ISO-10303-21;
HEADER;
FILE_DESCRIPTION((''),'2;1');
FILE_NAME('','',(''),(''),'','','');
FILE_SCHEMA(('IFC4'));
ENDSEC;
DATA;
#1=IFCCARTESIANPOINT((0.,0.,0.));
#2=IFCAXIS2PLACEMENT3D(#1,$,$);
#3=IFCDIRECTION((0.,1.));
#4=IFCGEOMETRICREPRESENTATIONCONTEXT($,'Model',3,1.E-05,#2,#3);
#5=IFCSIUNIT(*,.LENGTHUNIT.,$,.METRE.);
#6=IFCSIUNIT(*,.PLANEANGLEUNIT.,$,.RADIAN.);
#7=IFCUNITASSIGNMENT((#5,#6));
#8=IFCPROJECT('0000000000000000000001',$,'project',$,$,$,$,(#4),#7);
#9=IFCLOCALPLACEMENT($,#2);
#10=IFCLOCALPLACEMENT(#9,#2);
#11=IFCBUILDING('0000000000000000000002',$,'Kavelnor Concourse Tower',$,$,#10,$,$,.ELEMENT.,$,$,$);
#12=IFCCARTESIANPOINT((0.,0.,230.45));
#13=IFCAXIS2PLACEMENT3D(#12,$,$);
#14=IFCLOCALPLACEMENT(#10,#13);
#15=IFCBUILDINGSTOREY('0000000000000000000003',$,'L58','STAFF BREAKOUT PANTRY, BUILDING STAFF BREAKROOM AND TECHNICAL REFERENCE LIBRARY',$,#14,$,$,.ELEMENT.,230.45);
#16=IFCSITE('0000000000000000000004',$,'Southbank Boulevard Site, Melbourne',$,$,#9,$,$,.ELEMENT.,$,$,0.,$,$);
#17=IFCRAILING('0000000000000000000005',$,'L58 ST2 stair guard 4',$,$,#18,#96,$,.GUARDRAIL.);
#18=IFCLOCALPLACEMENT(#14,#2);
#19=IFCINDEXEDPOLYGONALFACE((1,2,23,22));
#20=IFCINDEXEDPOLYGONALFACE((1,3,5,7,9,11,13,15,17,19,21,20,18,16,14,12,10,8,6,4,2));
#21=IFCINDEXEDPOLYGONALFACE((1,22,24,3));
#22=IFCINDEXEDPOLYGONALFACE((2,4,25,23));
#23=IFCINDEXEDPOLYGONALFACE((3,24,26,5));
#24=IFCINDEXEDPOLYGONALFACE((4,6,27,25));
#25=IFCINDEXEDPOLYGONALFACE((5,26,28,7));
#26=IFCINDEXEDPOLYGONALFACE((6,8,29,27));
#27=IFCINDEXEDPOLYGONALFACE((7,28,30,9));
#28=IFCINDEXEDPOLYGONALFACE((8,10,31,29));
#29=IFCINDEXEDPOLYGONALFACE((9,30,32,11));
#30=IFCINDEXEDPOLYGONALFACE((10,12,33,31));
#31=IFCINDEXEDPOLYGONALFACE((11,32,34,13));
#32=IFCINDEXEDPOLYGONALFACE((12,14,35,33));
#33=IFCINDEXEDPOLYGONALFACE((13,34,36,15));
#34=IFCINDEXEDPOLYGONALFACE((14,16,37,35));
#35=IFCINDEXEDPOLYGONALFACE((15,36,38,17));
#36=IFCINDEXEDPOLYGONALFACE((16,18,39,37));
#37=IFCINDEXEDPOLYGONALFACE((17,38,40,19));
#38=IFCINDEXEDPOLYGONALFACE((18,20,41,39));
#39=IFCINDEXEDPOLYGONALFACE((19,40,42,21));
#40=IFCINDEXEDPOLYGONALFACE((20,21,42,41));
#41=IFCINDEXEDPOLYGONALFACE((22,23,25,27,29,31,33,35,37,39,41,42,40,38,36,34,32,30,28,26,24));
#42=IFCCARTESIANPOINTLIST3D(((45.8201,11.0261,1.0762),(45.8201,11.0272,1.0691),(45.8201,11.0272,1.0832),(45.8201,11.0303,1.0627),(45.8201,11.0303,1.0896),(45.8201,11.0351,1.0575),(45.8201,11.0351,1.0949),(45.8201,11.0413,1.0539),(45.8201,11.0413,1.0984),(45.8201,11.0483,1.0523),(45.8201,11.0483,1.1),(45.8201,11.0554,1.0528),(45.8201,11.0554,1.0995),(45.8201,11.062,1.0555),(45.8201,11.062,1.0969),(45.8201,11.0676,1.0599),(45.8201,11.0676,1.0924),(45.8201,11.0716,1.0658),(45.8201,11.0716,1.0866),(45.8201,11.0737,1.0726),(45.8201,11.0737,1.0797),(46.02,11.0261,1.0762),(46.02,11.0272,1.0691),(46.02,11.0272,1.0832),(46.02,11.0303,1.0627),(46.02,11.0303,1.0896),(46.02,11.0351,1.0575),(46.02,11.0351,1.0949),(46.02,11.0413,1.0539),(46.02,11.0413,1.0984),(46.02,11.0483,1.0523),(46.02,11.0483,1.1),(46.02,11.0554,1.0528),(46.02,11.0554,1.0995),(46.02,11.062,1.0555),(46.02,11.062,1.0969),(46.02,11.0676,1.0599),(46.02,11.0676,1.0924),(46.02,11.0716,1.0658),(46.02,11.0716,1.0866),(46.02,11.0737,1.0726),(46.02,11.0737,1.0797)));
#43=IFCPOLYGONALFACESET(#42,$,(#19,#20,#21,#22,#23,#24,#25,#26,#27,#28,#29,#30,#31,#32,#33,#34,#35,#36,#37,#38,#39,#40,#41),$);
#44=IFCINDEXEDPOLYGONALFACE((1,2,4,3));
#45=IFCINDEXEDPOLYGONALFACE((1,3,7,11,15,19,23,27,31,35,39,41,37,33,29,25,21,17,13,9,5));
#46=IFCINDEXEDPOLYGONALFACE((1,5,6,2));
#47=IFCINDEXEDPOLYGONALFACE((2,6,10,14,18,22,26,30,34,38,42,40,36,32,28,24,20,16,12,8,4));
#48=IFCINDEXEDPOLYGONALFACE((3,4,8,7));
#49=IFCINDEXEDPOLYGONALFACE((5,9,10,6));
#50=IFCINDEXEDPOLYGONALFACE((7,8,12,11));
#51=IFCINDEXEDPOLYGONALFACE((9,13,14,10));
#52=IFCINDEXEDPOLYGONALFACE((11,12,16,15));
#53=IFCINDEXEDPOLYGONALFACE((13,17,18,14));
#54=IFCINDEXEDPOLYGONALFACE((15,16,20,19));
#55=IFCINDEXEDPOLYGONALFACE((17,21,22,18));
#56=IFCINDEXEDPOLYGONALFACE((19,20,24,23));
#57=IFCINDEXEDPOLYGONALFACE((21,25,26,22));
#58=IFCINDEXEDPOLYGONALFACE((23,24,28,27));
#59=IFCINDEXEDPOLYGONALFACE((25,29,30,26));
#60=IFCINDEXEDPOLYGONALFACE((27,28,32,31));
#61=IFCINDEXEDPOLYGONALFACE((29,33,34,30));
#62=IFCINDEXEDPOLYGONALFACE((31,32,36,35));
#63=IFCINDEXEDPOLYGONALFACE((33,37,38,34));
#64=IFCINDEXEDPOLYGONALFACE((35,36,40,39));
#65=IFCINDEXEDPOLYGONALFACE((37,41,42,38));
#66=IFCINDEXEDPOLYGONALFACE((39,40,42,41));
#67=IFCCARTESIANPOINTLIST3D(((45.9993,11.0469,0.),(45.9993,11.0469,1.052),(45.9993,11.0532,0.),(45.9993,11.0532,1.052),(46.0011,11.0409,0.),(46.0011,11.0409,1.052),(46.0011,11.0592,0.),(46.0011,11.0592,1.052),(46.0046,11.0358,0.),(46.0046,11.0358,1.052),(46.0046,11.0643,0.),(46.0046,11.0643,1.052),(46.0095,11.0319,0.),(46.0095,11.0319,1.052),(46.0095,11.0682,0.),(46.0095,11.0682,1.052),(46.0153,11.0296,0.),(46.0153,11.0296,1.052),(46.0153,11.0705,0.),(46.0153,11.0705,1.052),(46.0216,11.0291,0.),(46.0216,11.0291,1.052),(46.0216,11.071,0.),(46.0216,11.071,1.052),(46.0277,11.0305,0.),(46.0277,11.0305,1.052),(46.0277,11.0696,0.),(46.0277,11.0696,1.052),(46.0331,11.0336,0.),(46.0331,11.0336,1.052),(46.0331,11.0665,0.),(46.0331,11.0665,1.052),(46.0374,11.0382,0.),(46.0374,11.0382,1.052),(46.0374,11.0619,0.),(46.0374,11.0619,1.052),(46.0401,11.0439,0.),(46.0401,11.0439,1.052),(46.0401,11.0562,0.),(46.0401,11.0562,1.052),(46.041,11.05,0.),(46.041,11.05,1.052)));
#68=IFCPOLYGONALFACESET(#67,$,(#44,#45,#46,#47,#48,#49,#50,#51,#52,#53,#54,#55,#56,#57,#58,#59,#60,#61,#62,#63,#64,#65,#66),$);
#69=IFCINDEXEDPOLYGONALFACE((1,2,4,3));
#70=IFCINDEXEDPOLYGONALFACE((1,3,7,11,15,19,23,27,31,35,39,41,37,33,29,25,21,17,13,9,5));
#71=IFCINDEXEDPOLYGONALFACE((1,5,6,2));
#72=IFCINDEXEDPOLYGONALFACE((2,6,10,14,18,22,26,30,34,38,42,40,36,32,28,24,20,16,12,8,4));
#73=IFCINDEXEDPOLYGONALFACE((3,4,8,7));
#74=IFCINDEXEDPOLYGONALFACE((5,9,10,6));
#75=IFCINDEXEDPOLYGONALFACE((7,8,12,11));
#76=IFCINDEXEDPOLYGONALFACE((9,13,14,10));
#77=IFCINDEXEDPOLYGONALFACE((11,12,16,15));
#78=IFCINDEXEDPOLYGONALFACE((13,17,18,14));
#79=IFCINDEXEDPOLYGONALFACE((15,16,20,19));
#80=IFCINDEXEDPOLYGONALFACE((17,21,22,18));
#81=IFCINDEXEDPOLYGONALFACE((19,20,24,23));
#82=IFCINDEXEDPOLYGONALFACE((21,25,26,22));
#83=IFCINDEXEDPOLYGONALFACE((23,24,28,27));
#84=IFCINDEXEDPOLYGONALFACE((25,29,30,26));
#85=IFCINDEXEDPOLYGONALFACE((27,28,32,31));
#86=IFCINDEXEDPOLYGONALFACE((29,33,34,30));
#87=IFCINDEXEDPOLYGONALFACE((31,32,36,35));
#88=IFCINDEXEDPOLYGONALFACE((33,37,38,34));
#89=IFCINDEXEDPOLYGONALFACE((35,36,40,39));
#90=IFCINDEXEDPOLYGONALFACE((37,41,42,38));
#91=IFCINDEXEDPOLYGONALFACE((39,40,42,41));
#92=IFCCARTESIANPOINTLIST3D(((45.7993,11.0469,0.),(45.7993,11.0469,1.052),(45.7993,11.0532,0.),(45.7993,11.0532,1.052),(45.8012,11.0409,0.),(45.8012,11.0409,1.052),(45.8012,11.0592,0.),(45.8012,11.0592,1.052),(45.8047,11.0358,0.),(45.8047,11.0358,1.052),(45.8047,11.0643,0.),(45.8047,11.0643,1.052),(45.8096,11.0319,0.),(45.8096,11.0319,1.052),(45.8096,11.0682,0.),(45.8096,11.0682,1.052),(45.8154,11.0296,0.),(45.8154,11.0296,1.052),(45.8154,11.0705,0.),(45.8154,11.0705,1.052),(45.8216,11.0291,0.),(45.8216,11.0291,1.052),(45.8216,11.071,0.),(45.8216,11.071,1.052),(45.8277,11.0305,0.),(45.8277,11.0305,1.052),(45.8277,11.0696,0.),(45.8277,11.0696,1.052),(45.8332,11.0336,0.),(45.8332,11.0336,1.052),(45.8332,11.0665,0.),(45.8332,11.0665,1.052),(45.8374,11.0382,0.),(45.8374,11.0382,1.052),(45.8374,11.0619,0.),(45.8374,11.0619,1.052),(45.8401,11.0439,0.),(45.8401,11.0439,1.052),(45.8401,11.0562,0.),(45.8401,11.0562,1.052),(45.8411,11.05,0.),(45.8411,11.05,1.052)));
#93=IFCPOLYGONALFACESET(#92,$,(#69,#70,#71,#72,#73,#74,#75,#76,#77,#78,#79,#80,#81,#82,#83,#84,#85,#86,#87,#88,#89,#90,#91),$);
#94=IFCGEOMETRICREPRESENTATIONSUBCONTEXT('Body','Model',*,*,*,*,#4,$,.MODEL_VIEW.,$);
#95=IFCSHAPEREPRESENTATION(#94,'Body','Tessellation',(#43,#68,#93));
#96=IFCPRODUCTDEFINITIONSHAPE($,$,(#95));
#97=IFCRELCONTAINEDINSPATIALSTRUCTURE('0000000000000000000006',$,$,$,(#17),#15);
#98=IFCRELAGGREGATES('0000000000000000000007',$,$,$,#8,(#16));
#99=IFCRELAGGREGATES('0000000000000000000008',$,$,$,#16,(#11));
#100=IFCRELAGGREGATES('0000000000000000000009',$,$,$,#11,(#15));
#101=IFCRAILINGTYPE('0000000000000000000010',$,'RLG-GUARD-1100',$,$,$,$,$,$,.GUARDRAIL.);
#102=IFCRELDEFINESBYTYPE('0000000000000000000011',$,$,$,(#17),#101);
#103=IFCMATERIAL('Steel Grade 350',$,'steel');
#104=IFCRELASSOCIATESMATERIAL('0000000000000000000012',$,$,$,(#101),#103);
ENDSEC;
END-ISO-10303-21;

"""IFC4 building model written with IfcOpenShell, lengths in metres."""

from ifc_helpers import new_model, si_unit, direction, frame, origin, origin_2d, place, context, subcontext, project, spatial, circle, extrude, material, type_object, element, save


model = new_model("IFC4")

# Units and contexts
model_context = context("Model", 3, precision=1e-05, world=origin(), true_north=direction((0.0, 1.0)))
body_context = subcontext(model_context, "Body", "Model", "MODEL_VIEW")
ifc_project = project(units=[si_unit("LENGTHUNIT", "METRE"), si_unit("PLANEANGLEUNIT", "RADIAN")], contexts=[model_context])

# Site, building, storey
site_placement = place(None, origin())
site = spatial("IfcSite", under=ifc_project, at=site_placement, Name="Southbank Boulevard Site, Melbourne", CompositionType="ELEMENT", RefElevation=0.0)
building_placement = place(site_placement, origin())
building = spatial("IfcBuilding", under=site, at=building_placement, Name="Kavelnor Concourse Tower", CompositionType="ELEMENT")
storey_placement = place(building_placement, frame((0.0, 0.0, 230.45)))
storey = spatial("IfcBuildingStorey", under=building, at=storey_placement, Name="L58", Description="STAFF BREAKOUT PANTRY, BUILDING STAFF BREAKROOM AND TECHNICAL REFERENCE LIBRARY", CompositionType="ELEMENT", Elevation=230.45)

# Shared definitions
ifc_material_1 = material(Name="Steel Grade 350", Category="steel")

# Railing
railing_type_1 = type_object("IfcRailingType", Name="RLG-GUARD-1100", PredefinedType="GUARDRAIL", material=ifc_material_1)
railing_1_placement = place(storey_placement, frame((46.02, 11.05, 0.0)))
element("IfcRailing", 1, at=railing_1_placement, inside=storey, type_object=railing_type_1, Name="L58 ST2 stair guard 4", PredefinedType="GUARDRAIL", context=body_context, shape_type="SweptSolid", body=[
    extrude(circle(Radius=0.0239, at=origin_2d()), frame((0.0, 0.0, 1.0762), z_axis=(-1.0, 0.0, 0.0), x_axis=(0.0, -1.0, 0.0)), (0.0, 0.0, 1.0), 0.2),
    extrude(circle(Radius=0.021, at=origin_2d()), origin(), (0.0, 0.0, 1.0), 1.052),
    extrude(circle(Radius=0.021, at=origin_2d()), frame((-0.2, 0.0, 0.0)), (0.0, 0.0, 1.0), 1.052),
])

save(model, "model.ifc")
